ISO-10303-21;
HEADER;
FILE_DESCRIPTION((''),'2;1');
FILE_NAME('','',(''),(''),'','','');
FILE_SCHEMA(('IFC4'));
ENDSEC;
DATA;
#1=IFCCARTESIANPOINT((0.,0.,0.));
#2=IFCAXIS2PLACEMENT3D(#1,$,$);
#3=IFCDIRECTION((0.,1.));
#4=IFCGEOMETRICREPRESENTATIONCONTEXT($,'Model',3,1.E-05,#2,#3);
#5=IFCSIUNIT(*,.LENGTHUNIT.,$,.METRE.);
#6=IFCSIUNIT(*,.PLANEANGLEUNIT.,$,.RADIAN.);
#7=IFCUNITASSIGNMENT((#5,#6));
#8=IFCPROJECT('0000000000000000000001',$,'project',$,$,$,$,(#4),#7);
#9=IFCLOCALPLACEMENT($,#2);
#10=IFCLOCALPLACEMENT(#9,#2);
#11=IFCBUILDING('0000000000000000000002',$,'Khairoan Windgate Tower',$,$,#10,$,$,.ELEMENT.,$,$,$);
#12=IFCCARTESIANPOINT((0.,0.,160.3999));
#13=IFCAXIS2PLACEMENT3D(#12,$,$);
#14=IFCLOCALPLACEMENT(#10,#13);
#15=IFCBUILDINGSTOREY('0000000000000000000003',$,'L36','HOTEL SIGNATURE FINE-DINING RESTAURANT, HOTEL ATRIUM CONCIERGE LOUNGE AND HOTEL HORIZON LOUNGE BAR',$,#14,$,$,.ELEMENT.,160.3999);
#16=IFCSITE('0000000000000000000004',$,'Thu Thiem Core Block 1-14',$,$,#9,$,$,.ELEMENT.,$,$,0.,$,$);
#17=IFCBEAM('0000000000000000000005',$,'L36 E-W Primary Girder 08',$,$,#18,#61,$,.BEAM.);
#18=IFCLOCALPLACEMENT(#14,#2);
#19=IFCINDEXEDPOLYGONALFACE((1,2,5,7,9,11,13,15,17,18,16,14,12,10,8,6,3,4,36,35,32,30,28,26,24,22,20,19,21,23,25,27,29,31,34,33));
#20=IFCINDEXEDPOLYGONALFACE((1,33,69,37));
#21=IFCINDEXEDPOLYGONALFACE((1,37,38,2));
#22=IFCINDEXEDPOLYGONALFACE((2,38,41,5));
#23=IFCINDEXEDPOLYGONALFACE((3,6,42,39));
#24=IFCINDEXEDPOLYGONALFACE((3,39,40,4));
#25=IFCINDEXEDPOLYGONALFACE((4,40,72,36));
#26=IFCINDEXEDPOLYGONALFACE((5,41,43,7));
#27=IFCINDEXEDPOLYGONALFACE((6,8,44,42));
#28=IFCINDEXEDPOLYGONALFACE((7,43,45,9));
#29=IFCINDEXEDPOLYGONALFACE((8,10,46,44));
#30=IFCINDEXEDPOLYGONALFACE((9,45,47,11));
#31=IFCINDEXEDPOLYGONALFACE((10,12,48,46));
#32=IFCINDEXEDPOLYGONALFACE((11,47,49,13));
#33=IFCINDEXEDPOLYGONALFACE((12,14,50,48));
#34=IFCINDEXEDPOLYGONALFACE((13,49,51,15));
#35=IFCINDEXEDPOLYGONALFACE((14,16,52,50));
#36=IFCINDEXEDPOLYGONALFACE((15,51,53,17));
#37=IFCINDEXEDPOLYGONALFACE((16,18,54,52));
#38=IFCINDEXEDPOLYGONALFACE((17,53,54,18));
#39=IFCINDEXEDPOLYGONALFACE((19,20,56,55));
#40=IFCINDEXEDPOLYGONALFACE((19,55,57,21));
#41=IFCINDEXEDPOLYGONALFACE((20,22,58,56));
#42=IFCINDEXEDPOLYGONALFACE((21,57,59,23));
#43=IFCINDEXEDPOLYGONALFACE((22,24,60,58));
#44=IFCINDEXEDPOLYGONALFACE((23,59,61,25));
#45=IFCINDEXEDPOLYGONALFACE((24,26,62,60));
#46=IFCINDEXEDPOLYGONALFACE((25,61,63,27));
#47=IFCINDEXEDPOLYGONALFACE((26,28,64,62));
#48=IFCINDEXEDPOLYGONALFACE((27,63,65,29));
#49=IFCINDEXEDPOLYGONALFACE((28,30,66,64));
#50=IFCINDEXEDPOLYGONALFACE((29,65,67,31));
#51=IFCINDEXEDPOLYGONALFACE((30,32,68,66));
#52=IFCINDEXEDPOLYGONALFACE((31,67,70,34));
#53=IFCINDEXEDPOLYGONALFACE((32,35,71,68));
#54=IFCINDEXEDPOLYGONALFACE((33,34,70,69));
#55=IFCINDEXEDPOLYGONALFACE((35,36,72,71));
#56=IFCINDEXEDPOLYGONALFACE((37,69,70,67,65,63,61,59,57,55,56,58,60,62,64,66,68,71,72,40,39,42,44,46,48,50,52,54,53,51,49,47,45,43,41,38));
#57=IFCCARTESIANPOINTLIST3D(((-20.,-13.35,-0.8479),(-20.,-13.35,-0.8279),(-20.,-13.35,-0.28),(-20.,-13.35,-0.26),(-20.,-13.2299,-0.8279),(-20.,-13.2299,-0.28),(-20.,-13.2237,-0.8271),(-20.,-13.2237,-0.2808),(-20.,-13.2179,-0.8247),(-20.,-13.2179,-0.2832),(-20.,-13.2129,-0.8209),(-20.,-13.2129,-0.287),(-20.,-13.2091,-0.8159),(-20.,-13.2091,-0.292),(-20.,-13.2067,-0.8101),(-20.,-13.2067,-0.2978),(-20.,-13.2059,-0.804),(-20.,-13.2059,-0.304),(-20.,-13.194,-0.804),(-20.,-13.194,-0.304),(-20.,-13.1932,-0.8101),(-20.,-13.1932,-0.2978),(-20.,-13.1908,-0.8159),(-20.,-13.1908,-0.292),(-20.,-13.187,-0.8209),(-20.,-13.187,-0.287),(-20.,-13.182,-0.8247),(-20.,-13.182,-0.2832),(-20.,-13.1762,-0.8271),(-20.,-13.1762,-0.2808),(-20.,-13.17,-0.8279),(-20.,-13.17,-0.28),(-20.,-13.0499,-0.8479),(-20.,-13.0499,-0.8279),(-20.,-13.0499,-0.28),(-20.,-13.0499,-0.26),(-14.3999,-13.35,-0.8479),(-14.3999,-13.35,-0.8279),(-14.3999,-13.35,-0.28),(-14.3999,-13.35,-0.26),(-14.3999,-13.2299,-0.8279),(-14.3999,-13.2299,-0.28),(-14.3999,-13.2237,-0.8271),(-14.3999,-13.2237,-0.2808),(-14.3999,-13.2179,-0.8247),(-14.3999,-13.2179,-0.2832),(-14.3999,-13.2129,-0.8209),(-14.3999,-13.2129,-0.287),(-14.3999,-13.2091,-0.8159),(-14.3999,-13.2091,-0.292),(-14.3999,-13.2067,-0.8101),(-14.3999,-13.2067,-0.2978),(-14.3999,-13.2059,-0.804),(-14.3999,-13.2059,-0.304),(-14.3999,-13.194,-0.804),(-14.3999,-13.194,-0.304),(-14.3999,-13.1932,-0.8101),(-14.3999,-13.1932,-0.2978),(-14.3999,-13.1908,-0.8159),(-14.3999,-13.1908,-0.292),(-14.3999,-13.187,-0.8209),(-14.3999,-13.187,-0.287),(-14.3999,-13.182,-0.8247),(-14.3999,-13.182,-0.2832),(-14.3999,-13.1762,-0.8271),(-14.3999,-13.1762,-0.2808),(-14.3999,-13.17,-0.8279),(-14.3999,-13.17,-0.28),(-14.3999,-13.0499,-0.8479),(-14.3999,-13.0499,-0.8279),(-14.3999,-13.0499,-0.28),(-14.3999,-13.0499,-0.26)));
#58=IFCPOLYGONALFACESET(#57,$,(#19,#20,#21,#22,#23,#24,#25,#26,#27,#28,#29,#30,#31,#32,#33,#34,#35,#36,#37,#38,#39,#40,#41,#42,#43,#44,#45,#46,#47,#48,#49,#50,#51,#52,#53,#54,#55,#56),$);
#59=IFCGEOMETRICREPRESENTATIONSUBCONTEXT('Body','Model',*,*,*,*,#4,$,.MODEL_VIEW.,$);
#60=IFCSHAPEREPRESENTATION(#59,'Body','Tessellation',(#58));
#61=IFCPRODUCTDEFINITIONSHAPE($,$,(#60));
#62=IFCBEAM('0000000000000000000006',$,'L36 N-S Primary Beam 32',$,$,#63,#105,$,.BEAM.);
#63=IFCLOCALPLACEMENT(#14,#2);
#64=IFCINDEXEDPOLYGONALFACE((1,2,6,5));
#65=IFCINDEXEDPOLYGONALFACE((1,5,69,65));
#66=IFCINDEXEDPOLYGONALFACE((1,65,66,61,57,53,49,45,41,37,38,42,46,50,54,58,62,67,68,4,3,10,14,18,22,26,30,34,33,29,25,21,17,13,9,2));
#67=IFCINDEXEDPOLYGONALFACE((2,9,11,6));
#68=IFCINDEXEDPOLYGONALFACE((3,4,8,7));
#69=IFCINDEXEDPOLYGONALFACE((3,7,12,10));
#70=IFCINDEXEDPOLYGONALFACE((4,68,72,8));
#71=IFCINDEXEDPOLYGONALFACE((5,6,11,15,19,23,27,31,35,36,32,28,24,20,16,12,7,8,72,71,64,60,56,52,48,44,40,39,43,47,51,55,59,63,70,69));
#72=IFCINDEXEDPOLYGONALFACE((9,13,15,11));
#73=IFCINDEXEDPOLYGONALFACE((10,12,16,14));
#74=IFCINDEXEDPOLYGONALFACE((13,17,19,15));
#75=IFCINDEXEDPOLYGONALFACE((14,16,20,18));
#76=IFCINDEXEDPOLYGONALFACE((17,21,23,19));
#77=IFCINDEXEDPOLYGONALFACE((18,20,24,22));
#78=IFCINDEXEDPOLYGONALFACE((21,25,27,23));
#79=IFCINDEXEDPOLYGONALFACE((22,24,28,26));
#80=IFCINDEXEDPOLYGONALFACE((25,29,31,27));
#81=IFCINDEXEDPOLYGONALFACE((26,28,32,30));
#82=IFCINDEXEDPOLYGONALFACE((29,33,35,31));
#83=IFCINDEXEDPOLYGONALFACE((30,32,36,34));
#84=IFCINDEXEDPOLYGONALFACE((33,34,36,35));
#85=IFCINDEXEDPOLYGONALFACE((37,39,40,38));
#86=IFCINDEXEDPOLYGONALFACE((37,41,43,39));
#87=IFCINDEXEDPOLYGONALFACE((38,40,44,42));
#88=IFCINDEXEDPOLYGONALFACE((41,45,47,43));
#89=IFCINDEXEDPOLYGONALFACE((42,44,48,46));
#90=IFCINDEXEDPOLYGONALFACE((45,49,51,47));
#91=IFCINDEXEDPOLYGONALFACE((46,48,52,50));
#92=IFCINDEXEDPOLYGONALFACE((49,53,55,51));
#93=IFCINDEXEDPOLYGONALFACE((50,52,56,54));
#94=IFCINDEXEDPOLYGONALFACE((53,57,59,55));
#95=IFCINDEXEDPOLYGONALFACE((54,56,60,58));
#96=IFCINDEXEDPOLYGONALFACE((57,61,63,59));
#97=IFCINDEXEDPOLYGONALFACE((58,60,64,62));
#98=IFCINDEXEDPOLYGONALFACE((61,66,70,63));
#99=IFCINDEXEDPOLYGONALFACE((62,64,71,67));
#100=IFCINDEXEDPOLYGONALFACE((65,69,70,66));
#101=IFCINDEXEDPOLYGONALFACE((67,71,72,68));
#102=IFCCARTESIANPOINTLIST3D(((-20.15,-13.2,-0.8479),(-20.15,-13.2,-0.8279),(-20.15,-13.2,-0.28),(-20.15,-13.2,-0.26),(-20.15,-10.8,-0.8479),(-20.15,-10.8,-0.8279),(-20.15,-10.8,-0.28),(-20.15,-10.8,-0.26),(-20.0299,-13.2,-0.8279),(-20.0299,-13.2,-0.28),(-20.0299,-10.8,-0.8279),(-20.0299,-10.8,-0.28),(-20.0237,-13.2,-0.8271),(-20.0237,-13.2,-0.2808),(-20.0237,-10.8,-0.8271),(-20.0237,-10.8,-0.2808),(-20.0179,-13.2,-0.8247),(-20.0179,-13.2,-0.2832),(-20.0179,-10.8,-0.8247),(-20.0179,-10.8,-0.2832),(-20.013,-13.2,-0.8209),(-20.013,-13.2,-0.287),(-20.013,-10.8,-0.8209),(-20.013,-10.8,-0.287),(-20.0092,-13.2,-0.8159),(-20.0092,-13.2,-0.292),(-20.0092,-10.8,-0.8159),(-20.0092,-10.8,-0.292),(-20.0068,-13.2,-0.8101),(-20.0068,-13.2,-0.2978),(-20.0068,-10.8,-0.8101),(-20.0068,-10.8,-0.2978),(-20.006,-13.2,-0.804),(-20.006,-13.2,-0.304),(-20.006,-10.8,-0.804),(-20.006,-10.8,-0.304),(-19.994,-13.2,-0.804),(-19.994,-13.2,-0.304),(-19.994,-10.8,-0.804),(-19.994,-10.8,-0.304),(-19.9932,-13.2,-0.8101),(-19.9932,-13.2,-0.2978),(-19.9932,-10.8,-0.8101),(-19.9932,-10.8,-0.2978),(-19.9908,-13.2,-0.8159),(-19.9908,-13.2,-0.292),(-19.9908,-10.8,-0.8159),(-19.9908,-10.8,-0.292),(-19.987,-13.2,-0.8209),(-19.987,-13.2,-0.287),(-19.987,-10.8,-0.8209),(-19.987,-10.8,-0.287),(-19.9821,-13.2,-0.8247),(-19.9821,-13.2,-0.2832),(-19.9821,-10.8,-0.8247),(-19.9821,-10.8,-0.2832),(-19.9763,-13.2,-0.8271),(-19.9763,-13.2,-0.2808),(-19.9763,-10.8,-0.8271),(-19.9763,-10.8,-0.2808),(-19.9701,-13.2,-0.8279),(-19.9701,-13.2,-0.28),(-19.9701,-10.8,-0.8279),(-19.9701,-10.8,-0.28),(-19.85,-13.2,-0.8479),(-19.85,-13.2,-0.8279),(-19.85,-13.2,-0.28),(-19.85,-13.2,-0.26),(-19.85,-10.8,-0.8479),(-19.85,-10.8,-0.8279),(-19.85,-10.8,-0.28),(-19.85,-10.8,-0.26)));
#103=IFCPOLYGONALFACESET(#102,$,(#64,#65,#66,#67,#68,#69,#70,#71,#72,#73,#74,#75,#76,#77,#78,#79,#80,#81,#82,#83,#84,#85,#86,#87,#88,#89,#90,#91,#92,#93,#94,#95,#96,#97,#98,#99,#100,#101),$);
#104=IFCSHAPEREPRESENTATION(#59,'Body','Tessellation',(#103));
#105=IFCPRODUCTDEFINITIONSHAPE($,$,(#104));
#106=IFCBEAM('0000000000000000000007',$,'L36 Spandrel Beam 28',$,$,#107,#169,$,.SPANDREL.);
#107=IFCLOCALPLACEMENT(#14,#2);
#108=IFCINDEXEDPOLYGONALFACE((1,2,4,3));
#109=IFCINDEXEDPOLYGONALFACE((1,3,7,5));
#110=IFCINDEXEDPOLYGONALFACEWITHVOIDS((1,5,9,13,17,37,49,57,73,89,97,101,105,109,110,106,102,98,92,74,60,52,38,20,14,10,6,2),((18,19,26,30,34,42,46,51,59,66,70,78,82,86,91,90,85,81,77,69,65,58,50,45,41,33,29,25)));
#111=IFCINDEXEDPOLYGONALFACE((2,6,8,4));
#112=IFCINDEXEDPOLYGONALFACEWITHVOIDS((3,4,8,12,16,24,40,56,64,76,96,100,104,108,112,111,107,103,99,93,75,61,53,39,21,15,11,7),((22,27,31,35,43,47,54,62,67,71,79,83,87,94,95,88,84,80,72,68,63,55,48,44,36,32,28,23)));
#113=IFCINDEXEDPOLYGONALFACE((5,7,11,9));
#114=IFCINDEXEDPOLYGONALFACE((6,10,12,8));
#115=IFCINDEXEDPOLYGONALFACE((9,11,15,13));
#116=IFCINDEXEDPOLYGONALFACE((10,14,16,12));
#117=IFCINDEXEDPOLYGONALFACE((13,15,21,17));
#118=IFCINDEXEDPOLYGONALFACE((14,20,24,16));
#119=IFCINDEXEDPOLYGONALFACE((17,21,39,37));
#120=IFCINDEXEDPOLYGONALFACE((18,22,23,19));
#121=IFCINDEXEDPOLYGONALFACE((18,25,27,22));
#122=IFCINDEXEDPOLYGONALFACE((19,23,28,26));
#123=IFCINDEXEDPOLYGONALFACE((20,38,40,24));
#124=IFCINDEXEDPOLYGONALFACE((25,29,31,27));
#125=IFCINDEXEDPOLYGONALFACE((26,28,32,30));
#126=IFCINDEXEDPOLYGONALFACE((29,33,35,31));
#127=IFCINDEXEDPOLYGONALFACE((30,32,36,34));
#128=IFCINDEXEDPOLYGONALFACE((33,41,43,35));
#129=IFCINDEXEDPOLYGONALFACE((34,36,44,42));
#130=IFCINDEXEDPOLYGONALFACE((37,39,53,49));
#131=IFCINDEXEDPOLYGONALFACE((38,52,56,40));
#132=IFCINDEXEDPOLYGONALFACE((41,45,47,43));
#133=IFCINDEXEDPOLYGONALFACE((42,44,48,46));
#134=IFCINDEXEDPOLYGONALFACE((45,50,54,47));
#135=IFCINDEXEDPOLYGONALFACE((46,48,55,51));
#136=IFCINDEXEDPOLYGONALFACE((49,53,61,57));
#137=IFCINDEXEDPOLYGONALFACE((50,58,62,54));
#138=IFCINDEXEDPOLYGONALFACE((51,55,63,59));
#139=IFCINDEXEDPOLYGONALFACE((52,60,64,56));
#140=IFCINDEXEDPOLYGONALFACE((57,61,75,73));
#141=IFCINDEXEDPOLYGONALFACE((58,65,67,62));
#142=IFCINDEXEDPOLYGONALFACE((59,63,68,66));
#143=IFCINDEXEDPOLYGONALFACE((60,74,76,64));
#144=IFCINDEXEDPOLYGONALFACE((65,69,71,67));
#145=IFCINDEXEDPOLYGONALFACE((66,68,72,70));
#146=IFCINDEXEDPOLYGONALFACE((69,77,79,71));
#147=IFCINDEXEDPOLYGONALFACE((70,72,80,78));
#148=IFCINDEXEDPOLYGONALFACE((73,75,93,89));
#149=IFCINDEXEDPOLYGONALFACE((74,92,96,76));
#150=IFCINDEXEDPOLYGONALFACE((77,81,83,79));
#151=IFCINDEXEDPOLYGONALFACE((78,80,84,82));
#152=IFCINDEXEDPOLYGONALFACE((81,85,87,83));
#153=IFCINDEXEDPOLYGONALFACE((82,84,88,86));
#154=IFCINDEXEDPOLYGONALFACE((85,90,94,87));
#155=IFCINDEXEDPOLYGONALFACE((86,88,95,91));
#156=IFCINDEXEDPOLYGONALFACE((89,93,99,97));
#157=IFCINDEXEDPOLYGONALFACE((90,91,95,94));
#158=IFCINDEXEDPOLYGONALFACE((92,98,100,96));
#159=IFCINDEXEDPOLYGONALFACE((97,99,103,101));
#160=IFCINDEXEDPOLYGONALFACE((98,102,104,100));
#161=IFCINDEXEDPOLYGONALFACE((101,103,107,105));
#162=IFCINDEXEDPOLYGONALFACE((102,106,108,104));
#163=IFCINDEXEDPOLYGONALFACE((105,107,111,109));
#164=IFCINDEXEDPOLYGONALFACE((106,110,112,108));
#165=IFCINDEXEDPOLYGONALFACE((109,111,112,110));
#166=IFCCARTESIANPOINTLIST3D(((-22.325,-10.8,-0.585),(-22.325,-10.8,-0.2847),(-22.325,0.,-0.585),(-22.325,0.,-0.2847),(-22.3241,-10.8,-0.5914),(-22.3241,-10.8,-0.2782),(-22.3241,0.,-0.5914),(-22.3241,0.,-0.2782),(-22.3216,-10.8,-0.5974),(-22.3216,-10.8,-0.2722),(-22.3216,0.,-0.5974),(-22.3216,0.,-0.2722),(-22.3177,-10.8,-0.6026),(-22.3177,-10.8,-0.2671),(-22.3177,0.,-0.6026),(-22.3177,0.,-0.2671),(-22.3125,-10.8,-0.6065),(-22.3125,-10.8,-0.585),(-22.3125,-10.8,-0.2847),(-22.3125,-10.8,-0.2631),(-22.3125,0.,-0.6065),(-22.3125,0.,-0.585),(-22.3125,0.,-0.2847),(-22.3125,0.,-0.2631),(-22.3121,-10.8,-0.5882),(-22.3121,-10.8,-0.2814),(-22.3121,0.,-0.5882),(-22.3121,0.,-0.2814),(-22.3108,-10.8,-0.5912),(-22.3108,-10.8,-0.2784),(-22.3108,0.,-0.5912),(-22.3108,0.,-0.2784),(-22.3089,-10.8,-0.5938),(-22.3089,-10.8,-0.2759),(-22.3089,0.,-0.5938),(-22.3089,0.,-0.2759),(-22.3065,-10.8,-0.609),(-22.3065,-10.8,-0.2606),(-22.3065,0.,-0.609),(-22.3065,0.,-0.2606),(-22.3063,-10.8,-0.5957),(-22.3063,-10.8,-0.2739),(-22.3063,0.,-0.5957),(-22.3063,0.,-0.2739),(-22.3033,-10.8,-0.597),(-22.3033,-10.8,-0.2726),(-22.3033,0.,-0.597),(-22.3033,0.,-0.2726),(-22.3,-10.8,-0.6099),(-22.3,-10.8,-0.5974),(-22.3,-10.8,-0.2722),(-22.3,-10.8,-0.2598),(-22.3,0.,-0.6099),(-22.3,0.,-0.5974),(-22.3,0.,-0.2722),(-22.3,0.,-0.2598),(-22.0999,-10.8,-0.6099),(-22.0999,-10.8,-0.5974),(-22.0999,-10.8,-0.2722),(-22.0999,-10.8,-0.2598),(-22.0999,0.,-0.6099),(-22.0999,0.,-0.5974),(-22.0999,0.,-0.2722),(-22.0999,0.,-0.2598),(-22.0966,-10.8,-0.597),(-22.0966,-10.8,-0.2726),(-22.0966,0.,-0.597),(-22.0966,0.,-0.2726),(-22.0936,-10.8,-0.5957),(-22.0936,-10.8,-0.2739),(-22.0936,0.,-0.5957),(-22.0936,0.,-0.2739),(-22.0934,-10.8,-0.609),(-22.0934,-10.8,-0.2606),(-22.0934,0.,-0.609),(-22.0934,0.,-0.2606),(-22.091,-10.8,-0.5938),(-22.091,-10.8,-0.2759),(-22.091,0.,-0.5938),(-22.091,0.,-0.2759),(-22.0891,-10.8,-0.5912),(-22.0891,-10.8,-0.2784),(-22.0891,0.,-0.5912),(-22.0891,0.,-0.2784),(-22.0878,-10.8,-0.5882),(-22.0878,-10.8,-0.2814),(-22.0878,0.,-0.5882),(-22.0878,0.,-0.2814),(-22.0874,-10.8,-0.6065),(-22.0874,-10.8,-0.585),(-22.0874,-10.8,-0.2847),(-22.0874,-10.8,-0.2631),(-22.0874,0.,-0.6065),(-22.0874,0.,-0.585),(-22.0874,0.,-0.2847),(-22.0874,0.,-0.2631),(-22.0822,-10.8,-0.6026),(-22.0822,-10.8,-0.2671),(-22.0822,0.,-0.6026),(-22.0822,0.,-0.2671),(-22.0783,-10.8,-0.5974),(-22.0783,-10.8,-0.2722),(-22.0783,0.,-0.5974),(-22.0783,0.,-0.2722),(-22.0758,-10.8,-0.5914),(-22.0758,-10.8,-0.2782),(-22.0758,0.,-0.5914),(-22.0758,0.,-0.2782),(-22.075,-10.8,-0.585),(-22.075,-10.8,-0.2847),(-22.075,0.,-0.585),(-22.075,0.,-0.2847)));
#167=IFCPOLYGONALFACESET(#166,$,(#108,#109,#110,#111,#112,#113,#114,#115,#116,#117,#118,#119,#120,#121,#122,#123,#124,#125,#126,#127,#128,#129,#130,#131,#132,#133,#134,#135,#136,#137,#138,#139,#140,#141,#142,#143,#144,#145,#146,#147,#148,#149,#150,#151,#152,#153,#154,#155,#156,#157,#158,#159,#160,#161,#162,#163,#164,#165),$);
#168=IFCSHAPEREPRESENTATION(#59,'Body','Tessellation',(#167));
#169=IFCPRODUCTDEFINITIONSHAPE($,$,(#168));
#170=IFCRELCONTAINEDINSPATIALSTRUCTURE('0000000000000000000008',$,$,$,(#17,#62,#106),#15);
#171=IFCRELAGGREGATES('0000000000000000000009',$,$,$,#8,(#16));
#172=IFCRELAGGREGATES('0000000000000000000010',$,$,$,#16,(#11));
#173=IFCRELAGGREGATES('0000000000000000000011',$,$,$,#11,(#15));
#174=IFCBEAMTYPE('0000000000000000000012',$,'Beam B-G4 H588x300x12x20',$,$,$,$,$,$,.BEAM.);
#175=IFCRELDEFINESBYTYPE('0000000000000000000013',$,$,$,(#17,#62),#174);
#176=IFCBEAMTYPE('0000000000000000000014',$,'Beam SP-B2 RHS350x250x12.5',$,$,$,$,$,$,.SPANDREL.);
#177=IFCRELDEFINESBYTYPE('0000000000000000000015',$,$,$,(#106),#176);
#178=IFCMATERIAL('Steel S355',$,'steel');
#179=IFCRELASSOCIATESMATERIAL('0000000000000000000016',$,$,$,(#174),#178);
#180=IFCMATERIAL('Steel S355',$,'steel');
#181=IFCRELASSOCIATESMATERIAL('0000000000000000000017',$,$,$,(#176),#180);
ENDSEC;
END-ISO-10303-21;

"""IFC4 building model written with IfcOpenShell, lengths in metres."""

from ifc_helpers import new_model, si_unit, direction, frame, origin, origin_2d, place, context, subcontext, project, spatial, hollow_rectangle, i_section, extrude, material, material_profile, profile_set, type_object, element, save


model = new_model("IFC4")

# Units and contexts
model_context = context("Model", 3, precision=1e-05, world=origin(), true_north=direction((0.0, 1.0)))
body_context = subcontext(model_context, "Body", "Model", "MODEL_VIEW")
ifc_project = project(units=[si_unit("LENGTHUNIT", "METRE"), si_unit("PLANEANGLEUNIT", "RADIAN")], contexts=[model_context])

# Site, building, storey
site_placement = place(None, origin())
site = spatial("IfcSite", under=ifc_project, at=site_placement, Name="Thu Thiem Core Block 1-14", CompositionType="ELEMENT", RefElevation=0.0)
building_placement = place(site_placement, origin())
building = spatial("IfcBuilding", under=site, at=building_placement, Name="Khairoan Windgate Tower", CompositionType="ELEMENT")
storey_placement = place(building_placement, frame((0.0, 0.0, 160.3999)))
storey = spatial("IfcBuildingStorey", under=building, at=storey_placement, Name="L36", Description="HOTEL SIGNATURE FINE-DINING RESTAURANT, HOTEL ATRIUM CONCIERGE LOUNGE AND HOTEL HORIZON LOUNGE BAR", CompositionType="ELEMENT", Elevation=160.3999)

# Beams
ifc_material_1 = material(Name="Steel S355", Category="steel")
ifc_material_profile_1 = material_profile(ifc_material_1, i_section(OverallWidth=0.3, OverallDepth=0.5879, WebThickness=0.012, FlangeThickness=0.02, FilletRadius=0.0239, at=origin_2d()))
ifc_profile_set_1 = profile_set([ifc_material_profile_1], Name="Steel S355")
beam_type_1 = type_object("IfcBeamType", Name="Beam B-G4 H588x300x12x20", PredefinedType="BEAM", material=ifc_profile_set_1)
beam_1_placement = place(storey_placement, frame((-20.0, -13.2, -0.554), z_axis=(1.0, 0.0, 0.0), x_axis=(0.0, 1.0, 0.0)))
element("IfcBeam", 1, at=beam_1_placement, inside=storey, type_object=beam_type_1, Name="L36 E-W Primary Girder 08", PredefinedType="BEAM", context=body_context, shape_type="SweptSolid", body=[
    extrude(i_section(OverallWidth=0.3, OverallDepth=0.5879, WebThickness=0.012, FlangeThickness=0.02, FilletRadius=0.0239, at=origin_2d()), origin(), (0.0, 0.0, 1.0), 5.6001),
])
beam_2_placement = place(storey_placement, frame((-20.0, -13.2, -0.554), z_axis=(0.0, 1.0, 0.0), x_axis=(-1.0, 0.0, 0.0)))
element("IfcBeam", 2, at=beam_2_placement, inside=storey, type_object=beam_type_1, Name="L36 N-S Primary Beam 32", PredefinedType="BEAM", context=body_context, shape_type="SweptSolid", body=[
    extrude(i_section(OverallWidth=0.3, OverallDepth=0.5879, WebThickness=0.012, FlangeThickness=0.02, FilletRadius=0.0239, at=origin_2d()), origin(), (0.0, 0.0, 1.0), 2.3999),
])
ifc_material_2 = material(Name="Steel S355", Category="steel")
ifc_material_profile_2 = material_profile(ifc_material_2, hollow_rectangle(XDim=0.25, YDim=0.3501, WallThickness=0.0125, InnerFilletRadius=0.0125, OuterFilletRadius=0.0249, at=origin_2d()))
ifc_profile_set_2 = profile_set([ifc_material_profile_2], Name="Steel S355")
beam_type_2 = type_object("IfcBeamType", Name="Beam SP-B2 RHS350x250x12.5", PredefinedType="SPANDREL", material=ifc_profile_set_2)
beam_3_placement = place(storey_placement, frame((-22.2, -10.8, -0.4348), z_axis=(0.0, 1.0, 0.0), x_axis=(-1.0, 0.0, 0.0)))
element("IfcBeam", 3, at=beam_3_placement, inside=storey, type_object=beam_type_2, Name="L36 Spandrel Beam 28", PredefinedType="SPANDREL", context=body_context, shape_type="SweptSolid", body=[
    extrude(hollow_rectangle(XDim=0.25, YDim=0.3501, WallThickness=0.0125, InnerFilletRadius=0.0125, OuterFilletRadius=0.0249, at=origin_2d()), origin(), (0.0, 0.0, 1.0), 10.8),
])

save(model, "model.ifc")
